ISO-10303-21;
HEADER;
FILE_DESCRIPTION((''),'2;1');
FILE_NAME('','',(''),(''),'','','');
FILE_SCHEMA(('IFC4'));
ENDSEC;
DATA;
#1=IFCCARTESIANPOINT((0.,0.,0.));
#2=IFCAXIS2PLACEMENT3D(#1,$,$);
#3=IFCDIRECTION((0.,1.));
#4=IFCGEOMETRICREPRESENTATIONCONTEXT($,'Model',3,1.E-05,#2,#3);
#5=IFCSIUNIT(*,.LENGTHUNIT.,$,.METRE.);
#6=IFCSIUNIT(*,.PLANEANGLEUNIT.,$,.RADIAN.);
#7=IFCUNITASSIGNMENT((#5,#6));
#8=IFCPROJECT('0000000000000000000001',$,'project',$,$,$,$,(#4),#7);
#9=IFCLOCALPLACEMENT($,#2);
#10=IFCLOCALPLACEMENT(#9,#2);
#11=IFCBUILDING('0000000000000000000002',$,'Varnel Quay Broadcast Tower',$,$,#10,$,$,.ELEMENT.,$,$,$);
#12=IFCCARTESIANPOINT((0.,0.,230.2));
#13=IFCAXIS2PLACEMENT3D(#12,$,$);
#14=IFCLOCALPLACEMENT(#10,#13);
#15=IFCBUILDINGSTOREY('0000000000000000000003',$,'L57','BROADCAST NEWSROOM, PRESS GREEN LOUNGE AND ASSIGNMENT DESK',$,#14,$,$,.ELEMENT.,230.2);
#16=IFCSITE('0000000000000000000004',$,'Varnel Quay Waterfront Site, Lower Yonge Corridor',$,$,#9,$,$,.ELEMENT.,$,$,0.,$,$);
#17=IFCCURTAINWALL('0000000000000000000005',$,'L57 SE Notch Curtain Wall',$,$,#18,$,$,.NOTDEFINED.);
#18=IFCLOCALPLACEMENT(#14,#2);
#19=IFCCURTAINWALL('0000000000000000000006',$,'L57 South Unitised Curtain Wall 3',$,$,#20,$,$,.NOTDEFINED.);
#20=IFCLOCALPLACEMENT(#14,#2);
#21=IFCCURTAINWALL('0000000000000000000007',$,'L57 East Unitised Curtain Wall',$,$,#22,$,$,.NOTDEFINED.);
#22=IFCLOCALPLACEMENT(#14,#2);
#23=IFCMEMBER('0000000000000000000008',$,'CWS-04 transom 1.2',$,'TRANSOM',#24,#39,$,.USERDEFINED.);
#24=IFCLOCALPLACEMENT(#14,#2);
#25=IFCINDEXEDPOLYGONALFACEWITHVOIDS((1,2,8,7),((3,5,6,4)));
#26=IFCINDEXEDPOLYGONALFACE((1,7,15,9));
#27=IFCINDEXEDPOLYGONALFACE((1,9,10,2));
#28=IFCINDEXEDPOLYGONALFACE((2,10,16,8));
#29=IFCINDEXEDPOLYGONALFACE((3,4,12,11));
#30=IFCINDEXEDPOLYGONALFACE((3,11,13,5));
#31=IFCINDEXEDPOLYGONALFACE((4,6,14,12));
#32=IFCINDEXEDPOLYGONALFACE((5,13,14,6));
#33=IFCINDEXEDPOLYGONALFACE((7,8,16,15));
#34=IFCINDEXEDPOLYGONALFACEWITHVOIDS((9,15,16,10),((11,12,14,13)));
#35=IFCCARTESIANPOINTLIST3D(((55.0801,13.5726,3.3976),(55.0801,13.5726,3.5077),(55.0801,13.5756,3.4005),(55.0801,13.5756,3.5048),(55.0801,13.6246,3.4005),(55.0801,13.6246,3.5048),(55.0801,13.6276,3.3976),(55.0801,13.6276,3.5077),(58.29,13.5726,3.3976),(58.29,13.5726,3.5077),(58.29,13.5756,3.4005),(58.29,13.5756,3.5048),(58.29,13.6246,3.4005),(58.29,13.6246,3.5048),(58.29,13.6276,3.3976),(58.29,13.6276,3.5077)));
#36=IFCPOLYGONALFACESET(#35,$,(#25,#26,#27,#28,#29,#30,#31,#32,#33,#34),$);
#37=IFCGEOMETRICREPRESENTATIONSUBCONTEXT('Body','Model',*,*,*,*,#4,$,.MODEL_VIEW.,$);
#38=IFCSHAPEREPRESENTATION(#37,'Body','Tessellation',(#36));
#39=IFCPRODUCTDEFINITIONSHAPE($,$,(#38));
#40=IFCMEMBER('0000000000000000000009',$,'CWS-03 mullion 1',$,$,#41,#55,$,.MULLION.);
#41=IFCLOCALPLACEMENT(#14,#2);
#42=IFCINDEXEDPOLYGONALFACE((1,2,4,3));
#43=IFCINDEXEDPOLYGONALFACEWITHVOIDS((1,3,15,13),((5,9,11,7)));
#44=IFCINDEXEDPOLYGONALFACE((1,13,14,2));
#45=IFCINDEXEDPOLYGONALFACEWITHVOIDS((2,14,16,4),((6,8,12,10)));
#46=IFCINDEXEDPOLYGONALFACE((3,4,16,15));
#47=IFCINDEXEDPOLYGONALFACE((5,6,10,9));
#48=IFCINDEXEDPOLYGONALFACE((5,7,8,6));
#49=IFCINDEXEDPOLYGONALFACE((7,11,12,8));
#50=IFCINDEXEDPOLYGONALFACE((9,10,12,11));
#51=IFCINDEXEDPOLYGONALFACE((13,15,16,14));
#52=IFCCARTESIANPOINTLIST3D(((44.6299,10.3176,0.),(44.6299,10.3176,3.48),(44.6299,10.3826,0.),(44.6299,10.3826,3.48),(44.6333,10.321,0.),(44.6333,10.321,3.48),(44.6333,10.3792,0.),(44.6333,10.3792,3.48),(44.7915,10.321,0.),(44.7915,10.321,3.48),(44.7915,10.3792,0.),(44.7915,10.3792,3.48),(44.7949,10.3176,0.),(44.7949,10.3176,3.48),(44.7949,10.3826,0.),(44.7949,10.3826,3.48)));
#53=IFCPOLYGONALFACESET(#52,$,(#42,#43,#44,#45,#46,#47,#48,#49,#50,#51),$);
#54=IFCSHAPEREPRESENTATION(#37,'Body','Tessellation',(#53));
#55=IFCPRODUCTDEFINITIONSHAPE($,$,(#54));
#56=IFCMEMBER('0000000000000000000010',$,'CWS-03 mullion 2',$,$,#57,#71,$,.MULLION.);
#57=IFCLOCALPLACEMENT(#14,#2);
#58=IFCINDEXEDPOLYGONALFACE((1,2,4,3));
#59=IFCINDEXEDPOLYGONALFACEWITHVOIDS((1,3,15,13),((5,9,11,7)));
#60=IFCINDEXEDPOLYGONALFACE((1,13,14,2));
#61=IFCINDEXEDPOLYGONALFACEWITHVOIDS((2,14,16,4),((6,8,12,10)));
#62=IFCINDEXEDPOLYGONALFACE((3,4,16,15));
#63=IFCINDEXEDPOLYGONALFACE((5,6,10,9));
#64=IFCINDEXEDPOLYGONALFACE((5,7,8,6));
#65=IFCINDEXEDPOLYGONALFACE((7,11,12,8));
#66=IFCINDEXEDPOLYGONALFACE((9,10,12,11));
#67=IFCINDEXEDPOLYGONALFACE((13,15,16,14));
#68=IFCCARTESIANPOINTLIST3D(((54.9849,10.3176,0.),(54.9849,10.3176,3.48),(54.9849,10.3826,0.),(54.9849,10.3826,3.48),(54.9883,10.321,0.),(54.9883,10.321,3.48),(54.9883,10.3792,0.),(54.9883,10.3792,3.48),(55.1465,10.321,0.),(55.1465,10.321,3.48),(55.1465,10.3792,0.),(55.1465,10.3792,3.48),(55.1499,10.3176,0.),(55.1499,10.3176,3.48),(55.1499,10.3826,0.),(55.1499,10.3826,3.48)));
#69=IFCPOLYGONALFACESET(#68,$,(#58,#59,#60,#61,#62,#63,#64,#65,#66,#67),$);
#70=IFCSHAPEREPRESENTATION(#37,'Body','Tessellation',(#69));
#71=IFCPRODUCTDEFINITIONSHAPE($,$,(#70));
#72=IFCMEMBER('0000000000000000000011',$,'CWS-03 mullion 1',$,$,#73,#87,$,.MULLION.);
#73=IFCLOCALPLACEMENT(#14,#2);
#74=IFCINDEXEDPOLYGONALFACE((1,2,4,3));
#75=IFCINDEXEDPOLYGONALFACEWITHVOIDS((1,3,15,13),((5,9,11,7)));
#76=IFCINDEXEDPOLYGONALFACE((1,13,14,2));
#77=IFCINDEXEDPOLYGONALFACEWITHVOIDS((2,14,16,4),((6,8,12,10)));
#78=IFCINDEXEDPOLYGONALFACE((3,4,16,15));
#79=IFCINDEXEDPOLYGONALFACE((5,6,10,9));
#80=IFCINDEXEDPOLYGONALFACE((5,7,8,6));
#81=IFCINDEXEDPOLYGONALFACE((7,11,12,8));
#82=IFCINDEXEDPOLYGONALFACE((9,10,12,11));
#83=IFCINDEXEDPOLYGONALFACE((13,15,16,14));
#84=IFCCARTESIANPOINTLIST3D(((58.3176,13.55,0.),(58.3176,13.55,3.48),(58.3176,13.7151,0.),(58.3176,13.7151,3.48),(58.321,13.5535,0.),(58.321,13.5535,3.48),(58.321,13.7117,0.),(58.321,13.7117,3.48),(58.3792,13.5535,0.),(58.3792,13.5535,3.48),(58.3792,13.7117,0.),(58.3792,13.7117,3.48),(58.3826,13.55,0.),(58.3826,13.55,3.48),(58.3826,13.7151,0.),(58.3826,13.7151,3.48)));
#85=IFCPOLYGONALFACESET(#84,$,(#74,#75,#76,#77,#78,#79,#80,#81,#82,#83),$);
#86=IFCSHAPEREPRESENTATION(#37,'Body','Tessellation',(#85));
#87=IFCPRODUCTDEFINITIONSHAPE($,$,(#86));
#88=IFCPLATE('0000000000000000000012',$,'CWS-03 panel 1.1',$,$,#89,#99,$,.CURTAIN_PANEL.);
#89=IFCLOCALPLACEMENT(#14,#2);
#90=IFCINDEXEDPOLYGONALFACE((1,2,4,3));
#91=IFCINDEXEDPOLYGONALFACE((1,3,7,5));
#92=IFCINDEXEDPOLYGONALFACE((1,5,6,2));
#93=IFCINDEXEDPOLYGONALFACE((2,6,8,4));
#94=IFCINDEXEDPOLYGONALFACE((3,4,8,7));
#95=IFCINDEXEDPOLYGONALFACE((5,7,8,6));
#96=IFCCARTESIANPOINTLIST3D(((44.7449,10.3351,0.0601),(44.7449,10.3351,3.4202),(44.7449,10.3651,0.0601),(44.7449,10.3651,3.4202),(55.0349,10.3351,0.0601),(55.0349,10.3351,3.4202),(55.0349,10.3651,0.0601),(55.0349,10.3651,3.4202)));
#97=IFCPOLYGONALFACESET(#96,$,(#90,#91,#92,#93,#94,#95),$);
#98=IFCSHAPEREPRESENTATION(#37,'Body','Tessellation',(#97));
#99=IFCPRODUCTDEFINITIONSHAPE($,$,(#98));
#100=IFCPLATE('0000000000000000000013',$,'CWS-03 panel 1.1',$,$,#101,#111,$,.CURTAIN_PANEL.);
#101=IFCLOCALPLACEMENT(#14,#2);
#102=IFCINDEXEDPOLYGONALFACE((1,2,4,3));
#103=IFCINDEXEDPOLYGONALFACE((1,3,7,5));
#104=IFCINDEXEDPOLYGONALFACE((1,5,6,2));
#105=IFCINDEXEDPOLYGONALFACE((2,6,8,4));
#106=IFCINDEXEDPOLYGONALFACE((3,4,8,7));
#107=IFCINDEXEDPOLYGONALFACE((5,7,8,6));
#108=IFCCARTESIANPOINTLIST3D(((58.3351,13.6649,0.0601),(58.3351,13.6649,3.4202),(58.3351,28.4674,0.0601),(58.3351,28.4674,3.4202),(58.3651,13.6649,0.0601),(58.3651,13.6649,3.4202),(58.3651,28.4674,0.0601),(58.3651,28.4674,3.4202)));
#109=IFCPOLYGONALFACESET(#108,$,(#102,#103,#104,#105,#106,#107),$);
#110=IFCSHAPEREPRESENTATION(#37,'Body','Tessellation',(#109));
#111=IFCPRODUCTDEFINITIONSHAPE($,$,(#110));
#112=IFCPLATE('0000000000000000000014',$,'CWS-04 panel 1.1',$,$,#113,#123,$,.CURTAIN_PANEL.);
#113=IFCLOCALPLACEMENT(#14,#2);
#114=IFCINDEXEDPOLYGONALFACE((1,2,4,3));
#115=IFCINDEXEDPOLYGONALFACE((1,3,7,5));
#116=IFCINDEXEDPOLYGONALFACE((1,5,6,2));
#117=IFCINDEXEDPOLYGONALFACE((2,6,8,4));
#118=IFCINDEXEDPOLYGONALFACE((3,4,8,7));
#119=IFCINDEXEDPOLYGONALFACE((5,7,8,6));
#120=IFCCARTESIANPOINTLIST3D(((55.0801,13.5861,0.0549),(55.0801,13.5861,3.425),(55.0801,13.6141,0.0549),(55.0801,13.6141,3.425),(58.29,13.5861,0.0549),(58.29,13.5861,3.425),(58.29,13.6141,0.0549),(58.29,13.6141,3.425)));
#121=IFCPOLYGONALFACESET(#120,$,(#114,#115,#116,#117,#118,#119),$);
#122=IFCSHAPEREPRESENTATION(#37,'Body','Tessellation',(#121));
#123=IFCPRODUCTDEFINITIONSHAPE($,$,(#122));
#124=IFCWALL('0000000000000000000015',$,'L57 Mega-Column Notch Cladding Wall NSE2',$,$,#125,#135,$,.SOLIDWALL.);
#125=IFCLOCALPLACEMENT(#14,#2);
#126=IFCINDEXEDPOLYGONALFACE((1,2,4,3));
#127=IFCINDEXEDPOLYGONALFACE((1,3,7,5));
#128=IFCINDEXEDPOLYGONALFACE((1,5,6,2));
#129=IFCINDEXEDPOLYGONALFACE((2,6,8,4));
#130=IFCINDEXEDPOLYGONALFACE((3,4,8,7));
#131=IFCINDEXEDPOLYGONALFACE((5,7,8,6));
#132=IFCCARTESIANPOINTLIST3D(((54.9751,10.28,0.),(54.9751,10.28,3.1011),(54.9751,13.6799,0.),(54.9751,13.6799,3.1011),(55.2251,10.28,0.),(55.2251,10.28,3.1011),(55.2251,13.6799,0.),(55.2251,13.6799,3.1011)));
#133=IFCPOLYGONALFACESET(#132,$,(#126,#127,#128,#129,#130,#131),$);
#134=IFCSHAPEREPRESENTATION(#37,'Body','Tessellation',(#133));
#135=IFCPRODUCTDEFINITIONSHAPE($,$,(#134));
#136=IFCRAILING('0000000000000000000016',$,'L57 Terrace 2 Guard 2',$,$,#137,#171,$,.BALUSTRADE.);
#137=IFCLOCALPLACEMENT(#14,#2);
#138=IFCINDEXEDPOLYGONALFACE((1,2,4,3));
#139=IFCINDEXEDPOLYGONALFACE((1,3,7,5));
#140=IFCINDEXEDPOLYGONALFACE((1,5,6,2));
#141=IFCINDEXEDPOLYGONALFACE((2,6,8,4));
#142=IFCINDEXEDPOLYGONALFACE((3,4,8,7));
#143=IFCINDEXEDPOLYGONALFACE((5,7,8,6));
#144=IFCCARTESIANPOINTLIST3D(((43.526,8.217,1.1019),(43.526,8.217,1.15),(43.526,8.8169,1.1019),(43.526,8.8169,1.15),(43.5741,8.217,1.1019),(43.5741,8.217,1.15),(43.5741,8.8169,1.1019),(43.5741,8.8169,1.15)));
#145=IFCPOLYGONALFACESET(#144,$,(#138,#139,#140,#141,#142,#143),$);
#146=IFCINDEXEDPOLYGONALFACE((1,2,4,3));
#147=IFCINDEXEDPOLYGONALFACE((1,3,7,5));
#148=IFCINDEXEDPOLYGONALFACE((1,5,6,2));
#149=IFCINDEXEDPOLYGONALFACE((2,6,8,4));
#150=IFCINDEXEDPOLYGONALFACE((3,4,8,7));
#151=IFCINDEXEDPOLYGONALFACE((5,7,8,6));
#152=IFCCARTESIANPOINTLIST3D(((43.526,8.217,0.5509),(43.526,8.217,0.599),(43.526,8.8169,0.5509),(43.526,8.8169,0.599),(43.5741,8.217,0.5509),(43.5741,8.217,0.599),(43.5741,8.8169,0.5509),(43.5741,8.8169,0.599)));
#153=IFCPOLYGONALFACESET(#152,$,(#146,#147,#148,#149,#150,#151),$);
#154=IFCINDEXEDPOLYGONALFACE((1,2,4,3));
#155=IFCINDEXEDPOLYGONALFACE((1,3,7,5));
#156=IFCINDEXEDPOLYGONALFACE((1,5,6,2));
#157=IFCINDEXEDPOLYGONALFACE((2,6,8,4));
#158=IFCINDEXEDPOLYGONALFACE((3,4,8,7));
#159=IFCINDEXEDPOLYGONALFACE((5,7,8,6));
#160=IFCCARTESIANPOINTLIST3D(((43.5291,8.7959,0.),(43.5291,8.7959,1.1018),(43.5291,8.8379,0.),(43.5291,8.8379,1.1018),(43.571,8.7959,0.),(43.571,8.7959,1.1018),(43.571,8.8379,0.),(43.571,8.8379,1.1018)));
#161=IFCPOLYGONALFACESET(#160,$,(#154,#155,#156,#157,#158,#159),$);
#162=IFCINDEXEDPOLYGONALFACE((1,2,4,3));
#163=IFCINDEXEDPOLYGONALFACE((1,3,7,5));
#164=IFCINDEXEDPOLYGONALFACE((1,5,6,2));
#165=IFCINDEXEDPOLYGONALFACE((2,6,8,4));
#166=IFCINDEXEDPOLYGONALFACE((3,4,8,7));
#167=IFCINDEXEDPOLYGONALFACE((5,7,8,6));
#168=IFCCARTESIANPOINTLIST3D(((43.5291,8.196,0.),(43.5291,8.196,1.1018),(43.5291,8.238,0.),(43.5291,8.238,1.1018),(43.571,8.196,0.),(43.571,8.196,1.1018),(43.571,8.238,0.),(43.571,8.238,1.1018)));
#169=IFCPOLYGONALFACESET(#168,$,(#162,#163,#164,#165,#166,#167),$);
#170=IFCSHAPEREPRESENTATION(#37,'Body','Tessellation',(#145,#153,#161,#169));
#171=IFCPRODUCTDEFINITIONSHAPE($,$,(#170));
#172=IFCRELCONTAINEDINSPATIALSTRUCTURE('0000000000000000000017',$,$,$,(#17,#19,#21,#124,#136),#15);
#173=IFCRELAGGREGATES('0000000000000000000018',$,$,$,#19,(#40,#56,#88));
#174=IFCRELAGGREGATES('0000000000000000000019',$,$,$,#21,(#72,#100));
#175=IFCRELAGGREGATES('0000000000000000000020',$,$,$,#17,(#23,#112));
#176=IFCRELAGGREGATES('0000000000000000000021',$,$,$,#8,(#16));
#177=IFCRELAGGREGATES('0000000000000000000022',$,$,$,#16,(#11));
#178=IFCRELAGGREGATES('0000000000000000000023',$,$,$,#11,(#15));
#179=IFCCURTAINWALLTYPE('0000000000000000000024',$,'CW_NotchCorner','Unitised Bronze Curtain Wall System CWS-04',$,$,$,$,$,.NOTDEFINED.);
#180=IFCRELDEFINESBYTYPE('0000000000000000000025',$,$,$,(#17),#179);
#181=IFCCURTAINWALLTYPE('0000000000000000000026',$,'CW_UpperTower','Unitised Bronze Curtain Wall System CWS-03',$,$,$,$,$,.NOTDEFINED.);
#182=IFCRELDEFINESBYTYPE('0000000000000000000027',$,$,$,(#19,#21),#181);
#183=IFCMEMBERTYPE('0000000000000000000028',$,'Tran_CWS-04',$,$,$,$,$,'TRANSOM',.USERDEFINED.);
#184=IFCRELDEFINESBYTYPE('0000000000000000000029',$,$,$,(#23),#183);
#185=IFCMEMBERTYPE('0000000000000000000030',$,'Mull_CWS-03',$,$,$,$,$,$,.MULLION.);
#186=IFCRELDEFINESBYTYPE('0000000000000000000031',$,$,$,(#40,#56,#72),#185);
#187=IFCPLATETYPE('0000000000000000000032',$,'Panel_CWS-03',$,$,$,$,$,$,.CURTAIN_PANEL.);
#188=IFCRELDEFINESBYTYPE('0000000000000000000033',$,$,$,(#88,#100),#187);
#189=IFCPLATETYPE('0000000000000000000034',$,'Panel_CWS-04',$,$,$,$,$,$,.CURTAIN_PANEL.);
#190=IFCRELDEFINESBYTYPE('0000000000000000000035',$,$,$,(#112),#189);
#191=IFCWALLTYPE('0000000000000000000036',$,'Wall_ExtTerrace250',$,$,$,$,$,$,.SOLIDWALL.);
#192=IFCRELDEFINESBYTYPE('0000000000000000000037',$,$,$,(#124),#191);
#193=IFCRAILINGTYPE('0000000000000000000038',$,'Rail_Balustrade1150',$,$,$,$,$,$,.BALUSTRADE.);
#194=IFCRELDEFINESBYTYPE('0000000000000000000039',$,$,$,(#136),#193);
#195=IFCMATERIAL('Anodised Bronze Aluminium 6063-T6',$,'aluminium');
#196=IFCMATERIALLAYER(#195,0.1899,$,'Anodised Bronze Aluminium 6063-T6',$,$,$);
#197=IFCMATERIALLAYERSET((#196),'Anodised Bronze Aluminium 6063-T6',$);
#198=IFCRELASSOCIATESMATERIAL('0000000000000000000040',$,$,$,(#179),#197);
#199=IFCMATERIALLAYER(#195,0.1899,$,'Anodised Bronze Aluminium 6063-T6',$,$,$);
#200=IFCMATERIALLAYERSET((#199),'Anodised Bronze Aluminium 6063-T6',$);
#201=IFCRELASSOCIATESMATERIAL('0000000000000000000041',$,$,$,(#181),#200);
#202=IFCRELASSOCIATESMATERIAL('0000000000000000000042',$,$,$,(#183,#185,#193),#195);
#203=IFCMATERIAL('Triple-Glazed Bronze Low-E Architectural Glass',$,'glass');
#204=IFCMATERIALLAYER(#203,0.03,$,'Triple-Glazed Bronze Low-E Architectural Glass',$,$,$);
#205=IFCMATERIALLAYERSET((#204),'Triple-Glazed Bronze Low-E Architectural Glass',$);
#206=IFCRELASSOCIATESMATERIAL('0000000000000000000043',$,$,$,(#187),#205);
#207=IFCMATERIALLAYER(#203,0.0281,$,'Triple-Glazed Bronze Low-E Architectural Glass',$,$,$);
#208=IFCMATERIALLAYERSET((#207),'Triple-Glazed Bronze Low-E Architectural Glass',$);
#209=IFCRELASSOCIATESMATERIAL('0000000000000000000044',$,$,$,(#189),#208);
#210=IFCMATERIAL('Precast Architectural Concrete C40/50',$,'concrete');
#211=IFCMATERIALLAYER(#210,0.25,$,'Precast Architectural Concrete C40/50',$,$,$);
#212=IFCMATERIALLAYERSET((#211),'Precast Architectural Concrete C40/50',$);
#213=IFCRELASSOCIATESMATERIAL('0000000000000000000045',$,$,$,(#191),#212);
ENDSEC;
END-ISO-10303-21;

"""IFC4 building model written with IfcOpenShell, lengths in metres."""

from ifc_helpers import new_model, si_unit, direction, frame, frame_2d, origin, origin_2d, place, context, subcontext, project, spatial, rectangle, hollow_rectangle, extrude, source, transform, mapped, material, layer, layer_set, material_profile, profile_set, type_object, type_shapes, element, aggregate, save


model = new_model("IFC4")

# Units and contexts
model_context = context("Model", 3, precision=1e-05, world=origin(), true_north=direction((0.0, 1.0)))
body_context = subcontext(model_context, "Body", "Model", "MODEL_VIEW")
ifc_project = project(units=[si_unit("LENGTHUNIT", "METRE"), si_unit("PLANEANGLEUNIT", "RADIAN")], contexts=[model_context])

# Site, building, storey
site_placement = place(None, origin())
site = spatial("IfcSite", under=ifc_project, at=site_placement, Name="Varnel Quay Waterfront Site, Lower Yonge Corridor", CompositionType="ELEMENT", RefElevation=0.0)
building_placement = place(site_placement, origin())
building = spatial("IfcBuilding", under=site, at=building_placement, Name="Varnel Quay Broadcast Tower", CompositionType="ELEMENT")
storey_placement = place(building_placement, frame((0.0, 0.0, 230.2)))
storey = spatial("IfcBuildingStorey", under=building, at=storey_placement, Name="L57", Description="BROADCAST NEWSROOM, PRESS GREEN LOUNGE AND ASSIGNMENT DESK", CompositionType="ELEMENT", Elevation=230.2)

# Curtain walls
ifc_material_1 = material(Name="Anodised Bronze Aluminium 6063-T6", Category="aluminium")
ifc_layer_1 = layer(ifc_material_1, 0.1899, Name="Anodised Bronze Aluminium 6063-T6")
ifc_layer_set_1 = layer_set([ifc_layer_1], Name="Anodised Bronze Aluminium 6063-T6")
curtain_wall_type_1 = type_object("IfcCurtainWallType", Name="CW_NotchCorner", Description="Unitised Bronze Curtain Wall System CWS-04", PredefinedType="NOTDEFINED", material=ifc_layer_set_1)
curtain_wall_1_placement = place(storey_placement, origin())
curtain_wall_1 = element("IfcCurtainWall", 1, at=curtain_wall_1_placement, inside=storey, type_object=curtain_wall_type_1, Name="L57 SE Notch Curtain Wall", PredefinedType="NOTDEFINED")
ifc_layer_2 = layer(ifc_material_1, 0.1899, Name="Anodised Bronze Aluminium 6063-T6")
ifc_layer_set_2 = layer_set([ifc_layer_2], Name="Anodised Bronze Aluminium 6063-T6")
curtain_wall_type_2 = type_object("IfcCurtainWallType", Name="CW_UpperTower", Description="Unitised Bronze Curtain Wall System CWS-03", PredefinedType="NOTDEFINED", material=ifc_layer_set_2)
curtain_wall_2_placement = place(storey_placement, origin())
curtain_wall_2 = element("IfcCurtainWall", 2, at=curtain_wall_2_placement, inside=storey, type_object=curtain_wall_type_2, Name="L57 South Unitised Curtain Wall 3", PredefinedType="NOTDEFINED")
curtain_wall_3_placement = place(storey_placement, origin())
curtain_wall_3 = element("IfcCurtainWall", 3, at=curtain_wall_3_placement, inside=storey, type_object=curtain_wall_type_2, Name="L57 East Unitised Curtain Wall", PredefinedType="NOTDEFINED")

# Members
ifc_material_profile_1 = material_profile(ifc_material_1, hollow_rectangle(XDim=0.0549, YDim=0.1101, WallThickness=0.0029, at=origin_2d()), Name="ALU55X110X3")
ifc_profile_set_1 = profile_set([ifc_material_profile_1], Name="Anodised Bronze Aluminium 6063-T6")
member_type_1 = type_object("IfcMemberType", Name="Tran_CWS-04", ElementType="TRANSOM", PredefinedType="USERDEFINED", material=ifc_profile_set_1)
shared_shape_1 = source(origin(), body_context, "Body", "SweptSolid", [
    extrude(hollow_rectangle(XDim=0.0549, YDim=0.1101, WallThickness=0.0029, at=origin_2d()), origin(), (0.0, 0.0, 1.0), 3.21),
])
type_shapes(member_type_1, [shared_shape_1])
member_1_placement = place(storey_placement, frame((55.0801, 13.6001, 3.4526), z_axis=(1.0, 0.0, 0.0), x_axis=(0.0, 1.0, 0.0)))
member_1 = element("IfcMember", 4, at=member_1_placement, type_object=member_type_1, Name="CWS-04 transom 1.2", ObjectType="TRANSOM", PredefinedType="USERDEFINED", context=body_context, shape_type="MappedRepresentation", body=[
    mapped(shared_shape_1, transform((0.0, 0.0, 0.0), x_axis=(1.0, 0.0, 0.0), y_axis=(0.0, 1.0, 0.0), z_axis=(0.0, 0.0, 1.0), scale=1.0)),
])
ifc_material_profile_2 = material_profile(ifc_material_1, hollow_rectangle(XDim=0.0649, YDim=0.165, WallThickness=0.0034, at=origin_2d()), Name="ALU65X165X3.5")
ifc_profile_set_2 = profile_set([ifc_material_profile_2], Name="Anodised Bronze Aluminium 6063-T6")
member_type_2 = type_object("IfcMemberType", Name="Mull_CWS-03", PredefinedType="MULLION", material=ifc_profile_set_2)
shared_shape_2 = source(origin(), body_context, "Body", "SweptSolid", [
    extrude(hollow_rectangle(XDim=0.0649, YDim=0.165, WallThickness=0.0034, at=origin_2d()), origin(), (0.0, 0.0, 1.0), 3.48),
])
type_shapes(member_type_2, [shared_shape_2])
member_2_placement = place(storey_placement, frame((44.7124, 10.3501, 0.0), z_axis=(0.0, 0.0, 1.0), x_axis=(0.0, 1.0, 0.0)))
member_2 = element("IfcMember", 5, at=member_2_placement, type_object=member_type_2, Name="CWS-03 mullion 1", PredefinedType="MULLION", context=body_context, shape_type="MappedRepresentation", body=[
    mapped(shared_shape_2, transform((0.0, 0.0, 0.0), x_axis=(1.0, 0.0, 0.0), y_axis=(0.0, 1.0, 0.0), z_axis=(0.0, 0.0, 1.0), scale=1.0)),
])
member_3_placement = place(storey_placement, frame((55.0674, 10.3501, 0.0), z_axis=(0.0, 0.0, 1.0), x_axis=(0.0, 1.0, 0.0)))
member_3 = element("IfcMember", 6, at=member_3_placement, type_object=member_type_2, Name="CWS-03 mullion 2", PredefinedType="MULLION", context=body_context, shape_type="MappedRepresentation", body=[
    mapped(shared_shape_2, transform((0.0, 0.0, 0.0), x_axis=(1.0, 0.0, 0.0), y_axis=(0.0, 1.0, 0.0), z_axis=(0.0, 0.0, 1.0), scale=1.0)),
])
member_4_placement = place(storey_placement, frame((58.3501, 13.6326, 0.0), z_axis=(0.0, 0.0, 1.0), x_axis=(-1.0, 0.0, 0.0)))
member_4 = element("IfcMember", 7, at=member_4_placement, type_object=member_type_2, Name="CWS-03 mullion 1", PredefinedType="MULLION", context=body_context, shape_type="MappedRepresentation", body=[
    mapped(shared_shape_2, transform((0.0, 0.0, 0.0), x_axis=(1.0, 0.0, 0.0), y_axis=(0.0, 1.0, 0.0), z_axis=(0.0, 0.0, 1.0), scale=1.0)),
])

# Plates
ifc_material_2 = material(Name="Triple-Glazed Bronze Low-E Architectural Glass", Category="glass")
ifc_layer_3 = layer(ifc_material_2, 0.03, Name="Triple-Glazed Bronze Low-E Architectural Glass")
ifc_layer_set_3 = layer_set([ifc_layer_3], Name="Triple-Glazed Bronze Low-E Architectural Glass")
plate_type_1 = type_object("IfcPlateType", Name="Panel_CWS-03", PredefinedType="CURTAIN_PANEL", material=ifc_layer_set_3)
shared_shape_3 = source(origin(), body_context, "Body", "SweptSolid", [
    extrude(rectangle(XDim=10.29, YDim=0.03, at=origin_2d()), origin(), (0.0, 0.0, 1.0), 3.3601),
])
plate_1_placement = place(storey_placement, frame((49.8899, 10.3501, 0.0601), z_axis=(0.0, 0.0, 1.0), x_axis=(1.0, 0.0, 0.0)))
plate_1 = element("IfcPlate", 8, at=plate_1_placement, type_object=plate_type_1, Name="CWS-03 panel 1.1", PredefinedType="CURTAIN_PANEL", context=body_context, shape_type="MappedRepresentation", body=[
    mapped(shared_shape_3, transform((0.0, 0.0, 0.0), x_axis=(1.0, 0.0, 0.0), y_axis=(0.0, 1.0, 0.0), z_axis=(0.0, 0.0, 1.0), scale=1.0)),
])
aggregate(curtain_wall_2, [member_2, member_3, plate_1])
shared_shape_4 = source(origin(), body_context, "Body", "SweptSolid", [
    extrude(rectangle(XDim=14.8025, YDim=0.03, at=origin_2d()), origin(), (0.0, 0.0, 1.0), 3.3601),
])
type_shapes(plate_type_1, [shared_shape_3, shared_shape_4])
plate_2_placement = place(storey_placement, frame((58.3501, 21.0662, 0.0601), z_axis=(0.0, 0.0, 1.0), x_axis=(0.0, 1.0, 0.0)))
plate_2 = element("IfcPlate", 9, at=plate_2_placement, type_object=plate_type_1, Name="CWS-03 panel 1.1", PredefinedType="CURTAIN_PANEL", context=body_context, shape_type="MappedRepresentation", body=[
    mapped(shared_shape_4, transform((0.0, 0.0, 0.0), x_axis=(1.0, 0.0, 0.0), y_axis=(0.0, 1.0, 0.0), z_axis=(0.0, 0.0, 1.0), scale=1.0)),
])
aggregate(curtain_wall_3, [member_4, plate_2])
ifc_layer_4 = layer(ifc_material_2, 0.0281, Name="Triple-Glazed Bronze Low-E Architectural Glass")
ifc_layer_set_4 = layer_set([ifc_layer_4], Name="Triple-Glazed Bronze Low-E Architectural Glass")
plate_type_2 = type_object("IfcPlateType", Name="Panel_CWS-04", PredefinedType="CURTAIN_PANEL", material=ifc_layer_set_4)
shared_shape_5 = source(origin(), body_context, "Body", "SweptSolid", [
    extrude(rectangle(XDim=3.21, YDim=0.0281, at=origin_2d()), origin(), (0.0, 0.0, 1.0), 3.3701),
])
type_shapes(plate_type_2, [shared_shape_5])
plate_3_placement = place(storey_placement, frame((56.6851, 13.6001, 0.0549), z_axis=(0.0, 0.0, 1.0), x_axis=(1.0, 0.0, 0.0)))
plate_3 = element("IfcPlate", 10, at=plate_3_placement, type_object=plate_type_2, Name="CWS-04 panel 1.1", PredefinedType="CURTAIN_PANEL", context=body_context, shape_type="MappedRepresentation", body=[
    mapped(shared_shape_5, transform((0.0, 0.0, 0.0), x_axis=(1.0, 0.0, 0.0), y_axis=(0.0, 1.0, 0.0), z_axis=(0.0, 0.0, 1.0), scale=1.0)),
])
aggregate(curtain_wall_1, [member_1, plate_3])

# Wall
ifc_material_3 = material(Name="Precast Architectural Concrete C40/50", Category="concrete")
ifc_layer_5 = layer(ifc_material_3, 0.25, Name="Precast Architectural Concrete C40/50")
ifc_layer_set_5 = layer_set([ifc_layer_5], Name="Precast Architectural Concrete C40/50")
wall_type = type_object("IfcWallType", Name="Wall_ExtTerrace250", PredefinedType="SOLIDWALL", material=ifc_layer_set_5)
wall_placement = place(storey_placement, frame((55.1001, 10.28, 0.0), z_axis=(0.0, 0.0, 1.0), x_axis=(0.0, 1.0, 0.0)))
element("IfcWall", 11, at=wall_placement, inside=storey, type_object=wall_type, Name="L57 Mega-Column Notch Cladding Wall NSE2", PredefinedType="SOLIDWALL", context=body_context, shape_type="SweptSolid", body=[
    extrude(rectangle(XDim=3.3999, YDim=0.25, at=frame_2d((1.7, 0.0))), origin(), (0.0, 0.0, 1.0), 3.1011),
])

# Railing
railing_type = type_object("IfcRailingType", Name="Rail_Balustrade1150", PredefinedType="BALUSTRADE", material=ifc_material_1)
railing_1_placement = place(storey_placement, frame((43.55, 8.8169, 0.0)))
element("IfcRailing", 12, at=railing_1_placement, inside=storey, type_object=railing_type, Name="L57 Terrace 2 Guard 2", PredefinedType="BALUSTRADE", context=body_context, shape_type="SweptSolid", body=[
    extrude(rectangle(XDim=0.0481, YDim=0.0481, at=origin_2d()), frame((0.0, 0.0, 1.126), z_axis=(0.0, -1.0, 0.0), x_axis=(1.0, 0.0, 0.0)), (0.0, 0.0, 1.0), 0.5999),
    extrude(rectangle(XDim=0.0481, YDim=0.0481, at=origin_2d()), frame((0.0, 0.0, 0.575), z_axis=(0.0, -1.0, 0.0), x_axis=(1.0, 0.0, 0.0)), (0.0, 0.0, 1.0), 0.5999),
    extrude(rectangle(XDim=0.042, YDim=0.042, at=origin_2d()), origin(), (0.0, 0.0, 1.0), 1.1018),
    extrude(rectangle(XDim=0.042, YDim=0.042, at=origin_2d()), frame((0.0, -0.5999, 0.0)), (0.0, 0.0, 1.0), 1.1018),
])

save(model, "model.ifc")
